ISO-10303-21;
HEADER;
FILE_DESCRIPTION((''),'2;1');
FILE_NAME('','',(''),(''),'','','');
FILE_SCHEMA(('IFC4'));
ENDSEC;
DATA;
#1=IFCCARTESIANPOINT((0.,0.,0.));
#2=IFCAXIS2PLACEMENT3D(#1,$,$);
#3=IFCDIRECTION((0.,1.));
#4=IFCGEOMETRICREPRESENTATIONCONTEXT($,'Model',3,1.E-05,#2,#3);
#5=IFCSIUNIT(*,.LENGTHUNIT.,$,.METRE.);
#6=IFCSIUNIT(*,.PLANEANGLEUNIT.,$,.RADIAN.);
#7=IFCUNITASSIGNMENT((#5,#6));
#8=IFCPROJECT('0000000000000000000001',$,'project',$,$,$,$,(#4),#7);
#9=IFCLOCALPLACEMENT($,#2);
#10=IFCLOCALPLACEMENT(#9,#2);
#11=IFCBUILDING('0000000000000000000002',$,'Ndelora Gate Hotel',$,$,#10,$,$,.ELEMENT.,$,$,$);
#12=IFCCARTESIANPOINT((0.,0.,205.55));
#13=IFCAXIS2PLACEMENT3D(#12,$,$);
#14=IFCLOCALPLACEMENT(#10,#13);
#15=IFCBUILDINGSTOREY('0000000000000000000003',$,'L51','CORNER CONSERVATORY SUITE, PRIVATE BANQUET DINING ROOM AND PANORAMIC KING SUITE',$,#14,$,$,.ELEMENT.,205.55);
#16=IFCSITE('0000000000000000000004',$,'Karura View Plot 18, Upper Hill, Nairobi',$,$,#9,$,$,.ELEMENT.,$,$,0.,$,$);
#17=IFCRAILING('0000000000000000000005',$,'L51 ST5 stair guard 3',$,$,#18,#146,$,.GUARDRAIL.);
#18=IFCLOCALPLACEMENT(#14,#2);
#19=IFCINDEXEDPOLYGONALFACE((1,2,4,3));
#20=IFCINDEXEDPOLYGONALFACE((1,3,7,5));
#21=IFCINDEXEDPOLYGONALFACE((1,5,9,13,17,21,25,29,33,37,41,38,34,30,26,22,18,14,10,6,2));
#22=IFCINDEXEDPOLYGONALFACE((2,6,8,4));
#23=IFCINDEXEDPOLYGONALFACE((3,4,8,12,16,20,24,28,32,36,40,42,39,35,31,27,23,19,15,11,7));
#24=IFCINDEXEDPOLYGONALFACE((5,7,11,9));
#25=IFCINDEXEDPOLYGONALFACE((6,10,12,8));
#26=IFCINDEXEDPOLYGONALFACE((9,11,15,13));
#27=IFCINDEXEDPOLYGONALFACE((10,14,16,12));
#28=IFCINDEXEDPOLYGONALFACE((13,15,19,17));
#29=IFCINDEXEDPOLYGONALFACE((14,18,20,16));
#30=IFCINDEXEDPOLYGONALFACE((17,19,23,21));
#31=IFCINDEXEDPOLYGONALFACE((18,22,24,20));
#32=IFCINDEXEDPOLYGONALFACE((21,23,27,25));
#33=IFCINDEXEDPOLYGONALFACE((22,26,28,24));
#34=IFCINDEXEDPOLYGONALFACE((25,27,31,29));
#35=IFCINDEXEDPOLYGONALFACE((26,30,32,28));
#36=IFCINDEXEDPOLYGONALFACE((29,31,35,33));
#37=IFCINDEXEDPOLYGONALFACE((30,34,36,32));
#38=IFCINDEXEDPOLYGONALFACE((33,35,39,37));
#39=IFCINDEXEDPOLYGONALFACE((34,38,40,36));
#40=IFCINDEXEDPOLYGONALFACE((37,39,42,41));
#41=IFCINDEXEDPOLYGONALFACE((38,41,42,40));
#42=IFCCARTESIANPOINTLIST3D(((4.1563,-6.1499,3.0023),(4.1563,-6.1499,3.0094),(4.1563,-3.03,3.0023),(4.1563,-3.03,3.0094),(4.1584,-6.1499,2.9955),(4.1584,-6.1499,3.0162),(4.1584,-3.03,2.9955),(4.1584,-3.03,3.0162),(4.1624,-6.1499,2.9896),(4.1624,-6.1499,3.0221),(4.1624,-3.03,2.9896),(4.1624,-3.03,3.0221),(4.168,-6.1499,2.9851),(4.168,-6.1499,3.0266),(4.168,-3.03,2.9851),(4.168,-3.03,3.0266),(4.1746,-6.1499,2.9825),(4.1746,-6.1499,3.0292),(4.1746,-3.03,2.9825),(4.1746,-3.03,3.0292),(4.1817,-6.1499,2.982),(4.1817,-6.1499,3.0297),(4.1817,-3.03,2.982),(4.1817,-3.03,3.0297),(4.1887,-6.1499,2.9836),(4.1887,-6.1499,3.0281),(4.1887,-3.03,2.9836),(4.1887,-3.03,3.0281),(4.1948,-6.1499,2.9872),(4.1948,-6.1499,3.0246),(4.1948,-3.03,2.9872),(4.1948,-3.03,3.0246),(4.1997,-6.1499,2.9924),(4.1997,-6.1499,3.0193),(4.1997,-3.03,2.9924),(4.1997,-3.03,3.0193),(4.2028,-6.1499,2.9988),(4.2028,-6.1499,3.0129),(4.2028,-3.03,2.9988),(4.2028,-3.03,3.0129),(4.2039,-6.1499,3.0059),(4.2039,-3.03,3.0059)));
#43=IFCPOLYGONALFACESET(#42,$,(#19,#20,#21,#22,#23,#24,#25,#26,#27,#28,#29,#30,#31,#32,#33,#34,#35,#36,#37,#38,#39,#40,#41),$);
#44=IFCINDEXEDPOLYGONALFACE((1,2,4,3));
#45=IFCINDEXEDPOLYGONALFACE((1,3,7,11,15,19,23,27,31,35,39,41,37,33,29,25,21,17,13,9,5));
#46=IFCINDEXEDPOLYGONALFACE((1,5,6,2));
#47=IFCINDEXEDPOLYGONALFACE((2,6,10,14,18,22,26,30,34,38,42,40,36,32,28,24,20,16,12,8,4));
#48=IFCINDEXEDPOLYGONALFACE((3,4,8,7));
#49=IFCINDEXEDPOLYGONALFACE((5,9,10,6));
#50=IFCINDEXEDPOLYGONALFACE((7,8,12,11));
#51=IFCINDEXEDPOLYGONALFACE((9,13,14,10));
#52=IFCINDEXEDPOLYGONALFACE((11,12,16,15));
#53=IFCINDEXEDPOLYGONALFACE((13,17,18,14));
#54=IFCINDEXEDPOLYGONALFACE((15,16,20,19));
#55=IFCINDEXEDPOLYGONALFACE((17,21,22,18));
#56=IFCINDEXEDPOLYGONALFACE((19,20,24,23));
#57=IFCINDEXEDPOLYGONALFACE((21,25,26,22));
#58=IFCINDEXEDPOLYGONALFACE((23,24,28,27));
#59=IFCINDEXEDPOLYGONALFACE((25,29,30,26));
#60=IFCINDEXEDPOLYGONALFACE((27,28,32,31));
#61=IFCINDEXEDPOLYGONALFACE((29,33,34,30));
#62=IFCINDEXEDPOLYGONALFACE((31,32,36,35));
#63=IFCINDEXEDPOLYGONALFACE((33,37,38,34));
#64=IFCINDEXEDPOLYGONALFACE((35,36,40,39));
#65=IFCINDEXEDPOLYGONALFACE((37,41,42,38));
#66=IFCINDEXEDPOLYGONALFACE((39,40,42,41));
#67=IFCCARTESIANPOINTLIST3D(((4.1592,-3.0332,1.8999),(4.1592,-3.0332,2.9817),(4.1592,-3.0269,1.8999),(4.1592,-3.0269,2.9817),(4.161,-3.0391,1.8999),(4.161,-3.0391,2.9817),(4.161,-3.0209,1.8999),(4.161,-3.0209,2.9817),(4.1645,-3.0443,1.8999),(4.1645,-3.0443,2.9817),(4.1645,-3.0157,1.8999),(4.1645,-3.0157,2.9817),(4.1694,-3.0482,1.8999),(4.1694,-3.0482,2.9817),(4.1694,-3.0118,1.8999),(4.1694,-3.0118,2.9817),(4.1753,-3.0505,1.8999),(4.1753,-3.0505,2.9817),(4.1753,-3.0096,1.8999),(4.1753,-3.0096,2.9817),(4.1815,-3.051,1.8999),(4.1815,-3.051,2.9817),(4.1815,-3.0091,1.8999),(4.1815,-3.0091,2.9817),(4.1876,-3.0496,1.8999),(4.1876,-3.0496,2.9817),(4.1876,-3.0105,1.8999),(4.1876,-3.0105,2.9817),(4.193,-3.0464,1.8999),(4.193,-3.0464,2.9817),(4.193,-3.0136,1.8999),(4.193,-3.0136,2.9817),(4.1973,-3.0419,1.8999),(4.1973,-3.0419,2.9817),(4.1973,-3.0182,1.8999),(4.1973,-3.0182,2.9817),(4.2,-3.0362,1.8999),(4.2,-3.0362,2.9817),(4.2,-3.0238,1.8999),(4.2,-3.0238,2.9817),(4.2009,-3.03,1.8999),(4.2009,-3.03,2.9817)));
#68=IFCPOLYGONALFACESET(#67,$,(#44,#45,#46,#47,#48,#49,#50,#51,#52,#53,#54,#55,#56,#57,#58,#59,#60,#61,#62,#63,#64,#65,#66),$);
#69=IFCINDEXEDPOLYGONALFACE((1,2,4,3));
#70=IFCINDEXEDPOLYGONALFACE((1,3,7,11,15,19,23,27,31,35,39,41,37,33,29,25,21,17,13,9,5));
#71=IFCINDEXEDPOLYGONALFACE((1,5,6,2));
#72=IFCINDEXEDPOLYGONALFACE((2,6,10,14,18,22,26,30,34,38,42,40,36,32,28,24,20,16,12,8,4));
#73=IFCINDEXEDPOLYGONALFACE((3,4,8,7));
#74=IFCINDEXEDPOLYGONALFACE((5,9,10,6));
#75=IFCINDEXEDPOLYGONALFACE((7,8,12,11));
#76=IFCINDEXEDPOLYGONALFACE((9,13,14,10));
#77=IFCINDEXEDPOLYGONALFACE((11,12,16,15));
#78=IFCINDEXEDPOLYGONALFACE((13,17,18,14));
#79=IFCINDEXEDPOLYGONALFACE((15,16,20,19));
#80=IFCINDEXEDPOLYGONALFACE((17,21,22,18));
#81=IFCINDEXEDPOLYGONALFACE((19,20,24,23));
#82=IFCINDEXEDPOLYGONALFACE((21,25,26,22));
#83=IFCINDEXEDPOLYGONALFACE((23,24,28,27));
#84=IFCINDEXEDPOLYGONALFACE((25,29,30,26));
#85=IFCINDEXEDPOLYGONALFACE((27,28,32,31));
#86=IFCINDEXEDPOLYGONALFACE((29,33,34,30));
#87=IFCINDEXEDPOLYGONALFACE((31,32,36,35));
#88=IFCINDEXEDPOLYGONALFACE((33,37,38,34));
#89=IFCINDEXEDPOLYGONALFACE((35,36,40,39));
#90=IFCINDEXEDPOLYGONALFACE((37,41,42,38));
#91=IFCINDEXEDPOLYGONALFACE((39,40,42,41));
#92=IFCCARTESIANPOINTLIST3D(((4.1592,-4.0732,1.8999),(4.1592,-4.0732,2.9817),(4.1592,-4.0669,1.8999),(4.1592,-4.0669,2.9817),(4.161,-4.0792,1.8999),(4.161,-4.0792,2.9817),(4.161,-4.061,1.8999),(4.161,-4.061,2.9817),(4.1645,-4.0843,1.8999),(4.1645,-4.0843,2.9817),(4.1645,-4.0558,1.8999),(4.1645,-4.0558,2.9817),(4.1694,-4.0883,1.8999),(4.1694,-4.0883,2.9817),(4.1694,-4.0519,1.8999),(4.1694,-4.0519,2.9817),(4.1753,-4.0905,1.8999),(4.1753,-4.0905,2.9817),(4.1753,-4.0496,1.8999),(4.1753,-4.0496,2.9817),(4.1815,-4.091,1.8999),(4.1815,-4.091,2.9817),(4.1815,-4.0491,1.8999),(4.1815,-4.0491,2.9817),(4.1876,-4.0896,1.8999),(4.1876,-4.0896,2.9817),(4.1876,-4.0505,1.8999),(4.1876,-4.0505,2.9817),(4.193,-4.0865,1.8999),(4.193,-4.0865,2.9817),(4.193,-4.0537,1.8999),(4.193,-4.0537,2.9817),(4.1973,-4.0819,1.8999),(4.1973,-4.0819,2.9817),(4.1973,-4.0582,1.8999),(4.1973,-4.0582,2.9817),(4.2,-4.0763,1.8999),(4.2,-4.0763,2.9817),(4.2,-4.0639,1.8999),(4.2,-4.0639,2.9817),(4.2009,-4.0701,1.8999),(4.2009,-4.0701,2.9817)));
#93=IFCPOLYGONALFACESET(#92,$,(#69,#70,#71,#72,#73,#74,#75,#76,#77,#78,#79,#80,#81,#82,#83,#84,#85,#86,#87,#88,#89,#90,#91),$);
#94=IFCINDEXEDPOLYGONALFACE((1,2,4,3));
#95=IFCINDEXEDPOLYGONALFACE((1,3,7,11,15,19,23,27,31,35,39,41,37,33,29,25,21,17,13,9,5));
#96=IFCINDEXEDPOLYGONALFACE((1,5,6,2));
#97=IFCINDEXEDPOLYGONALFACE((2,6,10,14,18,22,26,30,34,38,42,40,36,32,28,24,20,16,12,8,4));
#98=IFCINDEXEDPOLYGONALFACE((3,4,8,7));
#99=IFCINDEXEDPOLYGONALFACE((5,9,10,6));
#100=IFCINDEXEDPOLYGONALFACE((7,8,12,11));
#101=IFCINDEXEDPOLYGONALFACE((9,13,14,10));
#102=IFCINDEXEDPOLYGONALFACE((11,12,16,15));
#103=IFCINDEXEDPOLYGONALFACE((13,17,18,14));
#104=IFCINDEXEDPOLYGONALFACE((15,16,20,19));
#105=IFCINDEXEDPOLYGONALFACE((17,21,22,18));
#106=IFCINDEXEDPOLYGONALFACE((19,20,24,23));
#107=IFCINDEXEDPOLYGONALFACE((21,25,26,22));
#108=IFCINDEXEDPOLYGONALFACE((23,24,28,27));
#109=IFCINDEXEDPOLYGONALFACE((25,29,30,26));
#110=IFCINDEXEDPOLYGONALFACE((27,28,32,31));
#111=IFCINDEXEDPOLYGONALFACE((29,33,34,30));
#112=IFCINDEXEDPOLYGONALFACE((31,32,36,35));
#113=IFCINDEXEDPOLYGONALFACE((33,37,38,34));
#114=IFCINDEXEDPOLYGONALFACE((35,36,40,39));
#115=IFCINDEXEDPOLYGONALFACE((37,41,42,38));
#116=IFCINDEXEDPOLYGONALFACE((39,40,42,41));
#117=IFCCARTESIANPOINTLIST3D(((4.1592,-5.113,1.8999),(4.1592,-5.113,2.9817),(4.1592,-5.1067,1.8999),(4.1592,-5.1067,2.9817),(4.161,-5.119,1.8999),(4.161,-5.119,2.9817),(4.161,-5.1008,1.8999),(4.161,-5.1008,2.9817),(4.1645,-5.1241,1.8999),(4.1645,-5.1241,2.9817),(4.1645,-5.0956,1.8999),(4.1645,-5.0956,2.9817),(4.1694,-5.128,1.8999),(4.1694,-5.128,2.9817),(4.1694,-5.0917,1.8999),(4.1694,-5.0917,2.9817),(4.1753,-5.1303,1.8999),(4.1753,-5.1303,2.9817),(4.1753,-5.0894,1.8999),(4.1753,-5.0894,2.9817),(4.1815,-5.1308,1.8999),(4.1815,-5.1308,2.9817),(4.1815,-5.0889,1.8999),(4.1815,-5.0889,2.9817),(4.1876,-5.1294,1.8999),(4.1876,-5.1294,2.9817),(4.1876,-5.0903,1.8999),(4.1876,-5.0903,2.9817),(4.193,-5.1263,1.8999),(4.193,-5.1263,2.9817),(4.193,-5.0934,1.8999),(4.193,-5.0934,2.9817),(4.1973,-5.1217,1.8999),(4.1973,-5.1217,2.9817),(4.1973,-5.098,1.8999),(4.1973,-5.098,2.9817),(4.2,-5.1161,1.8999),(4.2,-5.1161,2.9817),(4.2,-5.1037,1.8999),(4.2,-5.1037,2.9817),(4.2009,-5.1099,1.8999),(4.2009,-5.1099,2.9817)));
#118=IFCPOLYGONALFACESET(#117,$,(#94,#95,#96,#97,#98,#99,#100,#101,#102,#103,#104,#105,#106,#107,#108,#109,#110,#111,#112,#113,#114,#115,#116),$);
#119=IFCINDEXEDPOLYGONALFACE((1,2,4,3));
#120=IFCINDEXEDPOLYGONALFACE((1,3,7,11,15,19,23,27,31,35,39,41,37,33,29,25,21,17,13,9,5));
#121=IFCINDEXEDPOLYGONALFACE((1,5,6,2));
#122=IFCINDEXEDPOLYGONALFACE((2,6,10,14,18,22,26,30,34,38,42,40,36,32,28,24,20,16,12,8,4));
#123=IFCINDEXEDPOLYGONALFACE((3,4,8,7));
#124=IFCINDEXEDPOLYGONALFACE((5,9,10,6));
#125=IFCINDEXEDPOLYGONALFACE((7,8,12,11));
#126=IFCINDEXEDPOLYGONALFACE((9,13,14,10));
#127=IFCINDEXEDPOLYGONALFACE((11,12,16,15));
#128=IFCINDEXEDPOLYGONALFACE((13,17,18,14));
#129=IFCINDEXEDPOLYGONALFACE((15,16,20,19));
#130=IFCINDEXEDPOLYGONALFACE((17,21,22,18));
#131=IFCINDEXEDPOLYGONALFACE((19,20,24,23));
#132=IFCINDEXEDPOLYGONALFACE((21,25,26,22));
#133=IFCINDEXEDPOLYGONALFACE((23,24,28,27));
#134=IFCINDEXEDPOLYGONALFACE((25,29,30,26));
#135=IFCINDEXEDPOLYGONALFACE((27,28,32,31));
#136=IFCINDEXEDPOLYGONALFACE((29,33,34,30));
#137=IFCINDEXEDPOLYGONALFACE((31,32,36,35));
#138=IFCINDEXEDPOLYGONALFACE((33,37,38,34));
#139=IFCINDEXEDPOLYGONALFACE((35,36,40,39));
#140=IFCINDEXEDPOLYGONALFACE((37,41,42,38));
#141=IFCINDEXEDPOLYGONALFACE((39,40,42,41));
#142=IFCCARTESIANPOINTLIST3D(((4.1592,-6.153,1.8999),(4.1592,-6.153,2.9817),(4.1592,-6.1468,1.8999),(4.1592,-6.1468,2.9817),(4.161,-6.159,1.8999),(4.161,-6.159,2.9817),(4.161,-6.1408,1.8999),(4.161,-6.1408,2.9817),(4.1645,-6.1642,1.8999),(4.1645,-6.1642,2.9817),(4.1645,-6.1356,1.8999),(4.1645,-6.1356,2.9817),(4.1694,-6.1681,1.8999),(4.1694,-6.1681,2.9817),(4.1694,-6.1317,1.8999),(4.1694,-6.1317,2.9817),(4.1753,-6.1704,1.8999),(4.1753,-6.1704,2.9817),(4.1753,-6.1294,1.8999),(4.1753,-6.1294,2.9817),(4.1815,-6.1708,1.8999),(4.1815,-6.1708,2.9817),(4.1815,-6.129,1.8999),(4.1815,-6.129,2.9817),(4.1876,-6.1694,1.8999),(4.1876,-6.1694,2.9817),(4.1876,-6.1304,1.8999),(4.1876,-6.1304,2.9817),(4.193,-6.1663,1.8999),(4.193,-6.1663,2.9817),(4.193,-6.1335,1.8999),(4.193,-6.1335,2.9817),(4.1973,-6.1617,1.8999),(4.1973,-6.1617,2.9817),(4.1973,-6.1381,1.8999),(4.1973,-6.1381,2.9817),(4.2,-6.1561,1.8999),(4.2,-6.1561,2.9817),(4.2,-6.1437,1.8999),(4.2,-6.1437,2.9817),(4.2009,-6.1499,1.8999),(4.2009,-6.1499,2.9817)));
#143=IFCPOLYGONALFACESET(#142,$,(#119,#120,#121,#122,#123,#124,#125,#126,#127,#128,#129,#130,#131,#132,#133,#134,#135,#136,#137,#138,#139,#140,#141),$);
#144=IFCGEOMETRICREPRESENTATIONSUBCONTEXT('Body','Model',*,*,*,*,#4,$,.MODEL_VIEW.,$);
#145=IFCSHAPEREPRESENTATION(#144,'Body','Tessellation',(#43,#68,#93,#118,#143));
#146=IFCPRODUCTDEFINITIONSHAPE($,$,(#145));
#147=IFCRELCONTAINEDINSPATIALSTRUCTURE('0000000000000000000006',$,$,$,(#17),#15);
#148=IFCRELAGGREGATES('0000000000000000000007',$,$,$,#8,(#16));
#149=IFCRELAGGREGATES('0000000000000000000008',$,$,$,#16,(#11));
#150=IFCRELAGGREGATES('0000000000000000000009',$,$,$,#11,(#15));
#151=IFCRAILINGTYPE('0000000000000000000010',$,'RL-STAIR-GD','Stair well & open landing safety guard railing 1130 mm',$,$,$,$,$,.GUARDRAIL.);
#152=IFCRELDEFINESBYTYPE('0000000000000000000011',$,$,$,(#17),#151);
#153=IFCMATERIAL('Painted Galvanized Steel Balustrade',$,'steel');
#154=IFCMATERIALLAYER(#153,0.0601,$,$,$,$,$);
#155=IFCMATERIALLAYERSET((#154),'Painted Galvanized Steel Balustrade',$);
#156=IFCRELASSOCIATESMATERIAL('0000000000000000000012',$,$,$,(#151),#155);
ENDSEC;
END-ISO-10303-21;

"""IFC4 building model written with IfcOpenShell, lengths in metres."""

from ifc_helpers import new_model, si_unit, direction, frame, origin, origin_2d, place, context, subcontext, project, spatial, circle, extrude, material, layer, layer_set, type_object, element, save


model = new_model("IFC4")

# Units and contexts
model_context = context("Model", 3, precision=1e-05, world=origin(), true_north=direction((0.0, 1.0)))
body_context = subcontext(model_context, "Body", "Model", "MODEL_VIEW")
ifc_project = project(units=[si_unit("LENGTHUNIT", "METRE"), si_unit("PLANEANGLEUNIT", "RADIAN")], contexts=[model_context])

# Site, building, storey
site_placement = place(None, origin())
site = spatial("IfcSite", under=ifc_project, at=site_placement, Name="Karura View Plot 18, Upper Hill, Nairobi", CompositionType="ELEMENT", RefElevation=0.0)
building_placement = place(site_placement, origin())
building = spatial("IfcBuilding", under=site, at=building_placement, Name="Ndelora Gate Hotel", CompositionType="ELEMENT")
storey_placement = place(building_placement, frame((0.0, 0.0, 205.55)))
storey = spatial("IfcBuildingStorey", under=building, at=storey_placement, Name="L51", Description="CORNER CONSERVATORY SUITE, PRIVATE BANQUET DINING ROOM AND PANORAMIC KING SUITE", CompositionType="ELEMENT", Elevation=205.55)

# Railing
ifc_material_1 = material(Name="Painted Galvanized Steel Balustrade", Category="steel")
ifc_layer_1 = layer(ifc_material_1, 0.0601)
ifc_layer_set_1 = layer_set([ifc_layer_1], Name="Painted Galvanized Steel Balustrade")
railing_type = type_object("IfcRailingType", Name="RL-STAIR-GD", Description="Stair well & open landing safety guard railing 1130 mm", PredefinedType="GUARDRAIL", material=ifc_layer_set_1)
railing_1_placement = place(storey_placement, frame((4.1799, -3.03, 1.8999)))
element("IfcRailing", 1, at=railing_1_placement, inside=storey, type_object=railing_type, Name="L51 ST5 stair guard 3", PredefinedType="GUARDRAIL", context=body_context, shape_type="SweptSolid", body=[
    extrude(circle(Radius=0.0239, at=origin_2d()), frame((0.0, 0.0, 1.106), z_axis=(0.0, -1.0, 0.0), x_axis=(1.0, 0.0, 0.0)), (0.0, 0.0, 1.0), 3.1199),
    extrude(circle(Radius=0.021, at=origin_2d()), origin(), (0.0, 0.0, 1.0), 1.0818),
    extrude(circle(Radius=0.021, at=origin_2d()), frame((0.0, -1.04, 0.0)), (0.0, 0.0, 1.0), 1.0818),
    extrude(circle(Radius=0.021, at=origin_2d()), frame((0.0, -2.0798, 0.0)), (0.0, 0.0, 1.0), 1.0818),
    extrude(circle(Radius=0.021, at=origin_2d()), frame((0.0, -3.1199, 0.0)), (0.0, 0.0, 1.0), 1.0818),
])

save(model, "model.ifc")
